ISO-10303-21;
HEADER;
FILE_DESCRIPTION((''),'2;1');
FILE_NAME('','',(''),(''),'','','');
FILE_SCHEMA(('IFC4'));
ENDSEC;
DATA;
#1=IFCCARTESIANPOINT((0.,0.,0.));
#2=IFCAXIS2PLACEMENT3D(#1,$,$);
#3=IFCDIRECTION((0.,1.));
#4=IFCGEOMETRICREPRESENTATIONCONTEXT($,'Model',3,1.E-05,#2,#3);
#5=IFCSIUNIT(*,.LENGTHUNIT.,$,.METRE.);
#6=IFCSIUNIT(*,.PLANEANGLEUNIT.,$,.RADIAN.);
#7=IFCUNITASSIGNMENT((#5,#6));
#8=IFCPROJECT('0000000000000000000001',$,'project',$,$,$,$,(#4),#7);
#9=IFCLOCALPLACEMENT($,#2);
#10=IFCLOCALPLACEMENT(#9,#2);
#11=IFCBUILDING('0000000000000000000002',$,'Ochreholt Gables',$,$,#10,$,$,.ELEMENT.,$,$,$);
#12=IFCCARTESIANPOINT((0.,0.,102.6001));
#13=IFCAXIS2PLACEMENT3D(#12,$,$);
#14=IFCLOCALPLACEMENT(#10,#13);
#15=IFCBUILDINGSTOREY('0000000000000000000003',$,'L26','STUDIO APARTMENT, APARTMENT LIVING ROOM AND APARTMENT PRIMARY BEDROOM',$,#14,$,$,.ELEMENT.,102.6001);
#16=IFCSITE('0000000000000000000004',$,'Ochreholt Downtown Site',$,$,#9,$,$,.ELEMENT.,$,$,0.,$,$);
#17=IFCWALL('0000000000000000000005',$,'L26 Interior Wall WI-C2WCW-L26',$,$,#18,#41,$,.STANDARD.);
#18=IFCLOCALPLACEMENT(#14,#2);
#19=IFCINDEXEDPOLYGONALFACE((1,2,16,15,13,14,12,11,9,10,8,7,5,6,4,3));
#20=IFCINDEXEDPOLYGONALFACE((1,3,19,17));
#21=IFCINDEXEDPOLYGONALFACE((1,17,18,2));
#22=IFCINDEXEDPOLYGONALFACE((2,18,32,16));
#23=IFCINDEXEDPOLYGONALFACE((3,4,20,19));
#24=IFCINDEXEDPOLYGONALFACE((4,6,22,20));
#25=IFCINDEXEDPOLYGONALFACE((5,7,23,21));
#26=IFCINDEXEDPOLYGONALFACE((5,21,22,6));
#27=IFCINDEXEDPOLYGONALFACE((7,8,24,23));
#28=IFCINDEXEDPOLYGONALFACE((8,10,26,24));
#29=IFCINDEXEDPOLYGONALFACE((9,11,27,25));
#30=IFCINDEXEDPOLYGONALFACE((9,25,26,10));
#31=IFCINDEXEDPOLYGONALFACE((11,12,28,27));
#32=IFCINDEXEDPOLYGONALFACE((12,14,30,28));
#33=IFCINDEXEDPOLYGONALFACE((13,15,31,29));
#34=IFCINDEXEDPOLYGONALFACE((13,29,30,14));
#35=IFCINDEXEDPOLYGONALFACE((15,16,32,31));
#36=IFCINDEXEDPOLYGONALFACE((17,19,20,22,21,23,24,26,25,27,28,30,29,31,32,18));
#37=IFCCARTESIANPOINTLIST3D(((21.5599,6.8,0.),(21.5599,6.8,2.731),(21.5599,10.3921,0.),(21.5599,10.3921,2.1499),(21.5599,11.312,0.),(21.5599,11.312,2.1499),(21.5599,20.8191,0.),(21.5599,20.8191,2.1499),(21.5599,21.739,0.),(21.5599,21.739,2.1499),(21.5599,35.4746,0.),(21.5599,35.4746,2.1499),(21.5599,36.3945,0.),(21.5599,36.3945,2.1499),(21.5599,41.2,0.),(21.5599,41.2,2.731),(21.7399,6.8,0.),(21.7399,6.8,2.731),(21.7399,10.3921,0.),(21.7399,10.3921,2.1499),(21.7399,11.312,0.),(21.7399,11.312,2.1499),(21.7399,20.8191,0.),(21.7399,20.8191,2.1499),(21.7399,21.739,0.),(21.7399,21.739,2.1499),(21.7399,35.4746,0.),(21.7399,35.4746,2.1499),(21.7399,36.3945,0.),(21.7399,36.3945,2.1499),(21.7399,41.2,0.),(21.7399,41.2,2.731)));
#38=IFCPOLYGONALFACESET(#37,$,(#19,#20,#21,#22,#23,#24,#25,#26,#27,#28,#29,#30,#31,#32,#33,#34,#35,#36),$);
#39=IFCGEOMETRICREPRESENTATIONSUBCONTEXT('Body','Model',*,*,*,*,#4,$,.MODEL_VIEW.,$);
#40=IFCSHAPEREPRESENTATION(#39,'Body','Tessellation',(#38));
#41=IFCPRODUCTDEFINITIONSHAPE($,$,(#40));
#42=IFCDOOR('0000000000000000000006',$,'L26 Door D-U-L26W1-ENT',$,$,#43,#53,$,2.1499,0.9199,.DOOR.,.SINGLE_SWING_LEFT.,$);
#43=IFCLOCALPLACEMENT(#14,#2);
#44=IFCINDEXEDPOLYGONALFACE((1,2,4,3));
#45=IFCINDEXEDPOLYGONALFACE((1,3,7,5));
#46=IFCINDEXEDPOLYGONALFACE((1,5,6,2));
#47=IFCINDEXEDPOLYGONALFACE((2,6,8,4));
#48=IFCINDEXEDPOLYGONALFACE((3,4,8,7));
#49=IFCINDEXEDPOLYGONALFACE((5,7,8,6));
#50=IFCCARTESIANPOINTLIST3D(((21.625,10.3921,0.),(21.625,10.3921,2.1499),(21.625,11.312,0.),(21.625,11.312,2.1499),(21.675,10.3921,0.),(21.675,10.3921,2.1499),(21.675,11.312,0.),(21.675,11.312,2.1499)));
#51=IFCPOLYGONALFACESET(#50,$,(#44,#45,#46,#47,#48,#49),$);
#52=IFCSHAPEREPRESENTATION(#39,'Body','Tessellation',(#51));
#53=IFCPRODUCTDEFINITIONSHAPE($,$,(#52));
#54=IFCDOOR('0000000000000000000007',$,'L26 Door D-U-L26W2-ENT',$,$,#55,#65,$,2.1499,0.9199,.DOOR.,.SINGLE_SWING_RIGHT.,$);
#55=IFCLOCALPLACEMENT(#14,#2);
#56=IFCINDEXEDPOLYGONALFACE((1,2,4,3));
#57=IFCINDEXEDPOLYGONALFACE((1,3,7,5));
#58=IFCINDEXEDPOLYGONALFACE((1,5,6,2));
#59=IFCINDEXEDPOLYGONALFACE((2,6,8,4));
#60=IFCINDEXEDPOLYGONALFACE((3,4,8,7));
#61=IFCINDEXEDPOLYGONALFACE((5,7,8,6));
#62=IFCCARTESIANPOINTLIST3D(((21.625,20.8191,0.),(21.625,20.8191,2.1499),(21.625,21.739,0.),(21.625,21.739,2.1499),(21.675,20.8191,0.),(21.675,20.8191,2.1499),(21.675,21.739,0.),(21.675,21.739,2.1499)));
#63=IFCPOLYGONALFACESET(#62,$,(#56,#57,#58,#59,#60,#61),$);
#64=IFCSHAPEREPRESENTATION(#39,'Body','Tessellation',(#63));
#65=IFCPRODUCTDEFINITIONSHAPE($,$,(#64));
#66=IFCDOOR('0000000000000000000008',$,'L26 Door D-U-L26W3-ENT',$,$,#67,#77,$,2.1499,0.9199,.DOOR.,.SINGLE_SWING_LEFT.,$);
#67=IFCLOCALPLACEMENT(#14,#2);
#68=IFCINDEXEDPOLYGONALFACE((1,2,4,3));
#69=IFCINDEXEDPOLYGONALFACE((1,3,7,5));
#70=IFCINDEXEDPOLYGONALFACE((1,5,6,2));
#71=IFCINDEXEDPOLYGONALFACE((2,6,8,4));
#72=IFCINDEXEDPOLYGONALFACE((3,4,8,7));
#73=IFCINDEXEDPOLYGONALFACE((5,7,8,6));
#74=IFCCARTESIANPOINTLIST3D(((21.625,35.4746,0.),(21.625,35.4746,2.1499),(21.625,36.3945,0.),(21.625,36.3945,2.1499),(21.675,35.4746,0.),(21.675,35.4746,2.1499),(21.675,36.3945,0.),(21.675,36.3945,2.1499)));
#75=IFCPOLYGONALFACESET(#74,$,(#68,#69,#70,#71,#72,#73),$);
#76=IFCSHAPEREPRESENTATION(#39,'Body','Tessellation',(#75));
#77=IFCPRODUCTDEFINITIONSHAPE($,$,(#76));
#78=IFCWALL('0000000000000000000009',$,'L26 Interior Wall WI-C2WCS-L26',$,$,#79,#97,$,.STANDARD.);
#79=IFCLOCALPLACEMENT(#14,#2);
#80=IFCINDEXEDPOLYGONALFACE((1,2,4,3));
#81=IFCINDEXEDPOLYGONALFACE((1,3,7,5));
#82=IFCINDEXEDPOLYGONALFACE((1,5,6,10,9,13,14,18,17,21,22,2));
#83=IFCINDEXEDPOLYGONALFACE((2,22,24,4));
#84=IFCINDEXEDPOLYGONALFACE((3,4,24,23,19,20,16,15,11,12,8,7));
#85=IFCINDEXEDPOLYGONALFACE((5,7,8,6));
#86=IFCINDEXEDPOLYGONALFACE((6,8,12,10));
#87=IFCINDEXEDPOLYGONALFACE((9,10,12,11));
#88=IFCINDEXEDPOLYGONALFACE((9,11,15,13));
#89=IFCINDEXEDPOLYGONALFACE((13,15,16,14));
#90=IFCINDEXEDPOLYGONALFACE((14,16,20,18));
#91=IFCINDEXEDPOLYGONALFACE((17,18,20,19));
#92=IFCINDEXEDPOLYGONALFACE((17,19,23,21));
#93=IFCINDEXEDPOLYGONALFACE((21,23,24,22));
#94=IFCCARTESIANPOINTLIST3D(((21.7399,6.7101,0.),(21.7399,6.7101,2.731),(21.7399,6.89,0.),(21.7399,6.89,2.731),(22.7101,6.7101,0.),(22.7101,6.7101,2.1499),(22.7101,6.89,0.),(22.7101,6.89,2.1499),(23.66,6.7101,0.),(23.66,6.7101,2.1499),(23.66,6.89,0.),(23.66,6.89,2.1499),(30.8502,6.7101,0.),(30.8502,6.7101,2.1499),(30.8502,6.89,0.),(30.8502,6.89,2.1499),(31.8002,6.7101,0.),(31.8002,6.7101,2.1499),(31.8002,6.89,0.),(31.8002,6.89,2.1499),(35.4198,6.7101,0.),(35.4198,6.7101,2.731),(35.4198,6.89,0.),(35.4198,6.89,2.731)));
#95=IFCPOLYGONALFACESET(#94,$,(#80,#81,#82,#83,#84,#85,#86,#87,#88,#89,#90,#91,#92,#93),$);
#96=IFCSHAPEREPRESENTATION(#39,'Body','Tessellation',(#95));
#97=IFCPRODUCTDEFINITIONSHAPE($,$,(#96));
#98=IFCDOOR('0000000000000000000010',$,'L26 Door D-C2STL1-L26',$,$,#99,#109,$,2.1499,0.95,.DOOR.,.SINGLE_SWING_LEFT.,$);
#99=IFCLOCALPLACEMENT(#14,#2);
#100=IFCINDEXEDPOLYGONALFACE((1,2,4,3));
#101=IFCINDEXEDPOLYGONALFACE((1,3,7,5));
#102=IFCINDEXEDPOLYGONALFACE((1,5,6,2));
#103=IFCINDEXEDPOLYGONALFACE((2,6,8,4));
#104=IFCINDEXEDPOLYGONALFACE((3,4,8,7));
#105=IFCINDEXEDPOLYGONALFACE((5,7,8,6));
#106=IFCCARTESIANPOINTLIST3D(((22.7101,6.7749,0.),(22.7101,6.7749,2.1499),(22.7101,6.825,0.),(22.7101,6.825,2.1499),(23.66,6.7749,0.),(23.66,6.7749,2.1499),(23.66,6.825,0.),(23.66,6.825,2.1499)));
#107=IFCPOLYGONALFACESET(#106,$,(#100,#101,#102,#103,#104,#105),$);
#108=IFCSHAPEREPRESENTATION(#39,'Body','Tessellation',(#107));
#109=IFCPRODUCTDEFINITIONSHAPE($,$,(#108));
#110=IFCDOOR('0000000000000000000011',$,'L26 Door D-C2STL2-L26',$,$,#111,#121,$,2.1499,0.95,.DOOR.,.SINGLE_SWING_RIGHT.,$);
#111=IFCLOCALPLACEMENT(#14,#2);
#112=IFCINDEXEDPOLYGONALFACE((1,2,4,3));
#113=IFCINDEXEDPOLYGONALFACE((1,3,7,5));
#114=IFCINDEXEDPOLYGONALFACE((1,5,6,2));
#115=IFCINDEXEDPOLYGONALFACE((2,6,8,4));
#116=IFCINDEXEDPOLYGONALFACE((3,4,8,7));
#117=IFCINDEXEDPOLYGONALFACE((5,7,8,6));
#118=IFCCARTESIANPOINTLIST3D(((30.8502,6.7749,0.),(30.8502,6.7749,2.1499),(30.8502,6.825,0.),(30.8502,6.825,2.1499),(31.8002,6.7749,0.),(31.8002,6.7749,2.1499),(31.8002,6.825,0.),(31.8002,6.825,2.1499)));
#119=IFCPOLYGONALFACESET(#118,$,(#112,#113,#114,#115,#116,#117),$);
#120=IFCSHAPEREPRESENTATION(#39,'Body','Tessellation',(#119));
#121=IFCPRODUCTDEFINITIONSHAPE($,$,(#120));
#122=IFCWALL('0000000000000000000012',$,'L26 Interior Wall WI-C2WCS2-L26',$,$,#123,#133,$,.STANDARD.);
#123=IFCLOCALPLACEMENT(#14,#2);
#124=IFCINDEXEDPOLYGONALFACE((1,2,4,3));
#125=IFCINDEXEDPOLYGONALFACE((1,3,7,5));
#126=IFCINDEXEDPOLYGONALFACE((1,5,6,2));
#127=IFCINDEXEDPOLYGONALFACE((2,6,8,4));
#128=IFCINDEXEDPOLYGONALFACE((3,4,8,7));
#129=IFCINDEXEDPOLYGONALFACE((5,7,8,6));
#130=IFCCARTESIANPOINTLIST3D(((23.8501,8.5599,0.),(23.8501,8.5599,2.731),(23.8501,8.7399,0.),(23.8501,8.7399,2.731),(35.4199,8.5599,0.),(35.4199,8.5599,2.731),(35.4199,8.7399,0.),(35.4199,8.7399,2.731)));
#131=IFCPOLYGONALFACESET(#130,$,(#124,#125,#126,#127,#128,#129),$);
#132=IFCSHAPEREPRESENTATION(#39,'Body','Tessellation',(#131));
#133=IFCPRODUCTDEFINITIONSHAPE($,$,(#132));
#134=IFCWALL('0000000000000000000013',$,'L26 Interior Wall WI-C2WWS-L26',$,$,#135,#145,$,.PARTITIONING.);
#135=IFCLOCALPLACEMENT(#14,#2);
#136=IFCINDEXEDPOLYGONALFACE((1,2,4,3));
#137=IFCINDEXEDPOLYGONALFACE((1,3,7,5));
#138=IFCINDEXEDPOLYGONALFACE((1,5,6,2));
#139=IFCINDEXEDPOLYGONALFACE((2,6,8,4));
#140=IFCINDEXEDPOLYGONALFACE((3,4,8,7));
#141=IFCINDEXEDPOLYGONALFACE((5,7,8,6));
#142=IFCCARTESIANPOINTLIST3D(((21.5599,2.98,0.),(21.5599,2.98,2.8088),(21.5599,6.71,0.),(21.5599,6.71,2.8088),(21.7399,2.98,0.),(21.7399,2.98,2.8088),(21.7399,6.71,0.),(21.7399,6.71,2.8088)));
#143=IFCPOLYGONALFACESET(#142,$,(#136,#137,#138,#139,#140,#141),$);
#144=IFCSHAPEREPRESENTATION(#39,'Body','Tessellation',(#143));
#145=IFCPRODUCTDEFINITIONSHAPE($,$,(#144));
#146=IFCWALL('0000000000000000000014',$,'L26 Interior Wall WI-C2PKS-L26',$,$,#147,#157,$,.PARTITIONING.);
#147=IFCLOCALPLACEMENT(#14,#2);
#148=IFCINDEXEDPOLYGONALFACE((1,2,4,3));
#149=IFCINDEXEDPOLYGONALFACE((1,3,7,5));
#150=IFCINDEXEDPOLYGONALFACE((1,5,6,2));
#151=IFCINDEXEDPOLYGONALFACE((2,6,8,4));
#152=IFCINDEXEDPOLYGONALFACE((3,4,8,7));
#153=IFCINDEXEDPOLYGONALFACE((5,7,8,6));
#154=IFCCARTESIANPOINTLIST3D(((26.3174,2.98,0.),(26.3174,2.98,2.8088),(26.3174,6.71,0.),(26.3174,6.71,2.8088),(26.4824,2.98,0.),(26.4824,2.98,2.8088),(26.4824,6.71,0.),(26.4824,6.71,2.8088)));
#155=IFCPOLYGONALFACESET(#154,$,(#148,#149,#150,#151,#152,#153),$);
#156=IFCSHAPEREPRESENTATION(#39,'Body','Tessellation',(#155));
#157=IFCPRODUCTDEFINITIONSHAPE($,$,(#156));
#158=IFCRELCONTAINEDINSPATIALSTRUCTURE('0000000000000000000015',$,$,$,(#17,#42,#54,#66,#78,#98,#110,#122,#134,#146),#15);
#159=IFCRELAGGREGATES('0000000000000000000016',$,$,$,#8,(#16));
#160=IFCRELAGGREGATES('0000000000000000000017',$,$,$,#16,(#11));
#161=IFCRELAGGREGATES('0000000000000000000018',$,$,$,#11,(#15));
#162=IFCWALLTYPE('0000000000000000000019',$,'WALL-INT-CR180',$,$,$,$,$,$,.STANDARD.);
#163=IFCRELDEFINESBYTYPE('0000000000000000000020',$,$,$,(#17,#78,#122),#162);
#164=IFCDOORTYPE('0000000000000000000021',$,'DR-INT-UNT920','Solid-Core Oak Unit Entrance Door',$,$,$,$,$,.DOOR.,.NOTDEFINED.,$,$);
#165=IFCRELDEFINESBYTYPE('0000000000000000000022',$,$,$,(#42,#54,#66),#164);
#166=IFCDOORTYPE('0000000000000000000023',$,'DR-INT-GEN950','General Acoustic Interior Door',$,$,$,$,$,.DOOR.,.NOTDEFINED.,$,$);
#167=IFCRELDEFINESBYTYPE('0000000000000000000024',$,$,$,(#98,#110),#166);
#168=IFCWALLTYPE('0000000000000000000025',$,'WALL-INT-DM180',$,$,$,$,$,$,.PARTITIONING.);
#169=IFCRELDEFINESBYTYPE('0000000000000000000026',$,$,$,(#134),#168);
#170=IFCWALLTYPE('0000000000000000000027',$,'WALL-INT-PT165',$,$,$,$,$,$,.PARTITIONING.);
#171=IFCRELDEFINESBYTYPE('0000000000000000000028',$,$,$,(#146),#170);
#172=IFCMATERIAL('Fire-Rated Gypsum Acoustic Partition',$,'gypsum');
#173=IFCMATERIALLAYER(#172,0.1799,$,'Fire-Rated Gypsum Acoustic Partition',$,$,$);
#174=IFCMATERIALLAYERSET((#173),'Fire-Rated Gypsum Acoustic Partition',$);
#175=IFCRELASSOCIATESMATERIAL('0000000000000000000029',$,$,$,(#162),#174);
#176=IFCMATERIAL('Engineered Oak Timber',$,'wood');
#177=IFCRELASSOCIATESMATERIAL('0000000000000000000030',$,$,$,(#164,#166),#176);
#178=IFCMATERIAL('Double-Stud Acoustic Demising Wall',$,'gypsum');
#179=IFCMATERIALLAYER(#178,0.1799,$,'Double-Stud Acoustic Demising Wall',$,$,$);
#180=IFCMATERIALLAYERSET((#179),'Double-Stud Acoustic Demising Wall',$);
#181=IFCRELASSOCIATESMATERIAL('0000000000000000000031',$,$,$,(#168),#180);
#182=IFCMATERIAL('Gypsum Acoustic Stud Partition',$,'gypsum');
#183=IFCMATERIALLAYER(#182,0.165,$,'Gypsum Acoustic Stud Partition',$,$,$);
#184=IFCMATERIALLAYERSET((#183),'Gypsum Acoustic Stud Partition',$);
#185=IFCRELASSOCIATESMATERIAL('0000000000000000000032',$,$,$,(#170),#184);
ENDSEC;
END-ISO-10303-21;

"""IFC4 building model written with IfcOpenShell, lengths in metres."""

from ifc_helpers import new_model, si_unit, direction, frame, frame_2d, origin, place, context, subcontext, project, spatial, rectangle, extrude, material, layer, layer_set, type_object, element, fill, save


model = new_model("IFC4")

# Units and contexts
model_context = context("Model", 3, precision=1e-05, world=origin(), true_north=direction((0.0, 1.0)))
body_context = subcontext(model_context, "Body", "Model", "MODEL_VIEW")
ifc_project = project(units=[si_unit("LENGTHUNIT", "METRE"), si_unit("PLANEANGLEUNIT", "RADIAN")], contexts=[model_context])

# Site, building, storey
site_placement = place(None, origin())
site = spatial("IfcSite", under=ifc_project, at=site_placement, Name="Ochreholt Downtown Site", CompositionType="ELEMENT", RefElevation=0.0)
building_placement = place(site_placement, origin())
building = spatial("IfcBuilding", under=site, at=building_placement, Name="Ochreholt Gables", CompositionType="ELEMENT")
storey_placement = place(building_placement, frame((0.0, 0.0, 102.6001)))
storey = spatial("IfcBuildingStorey", under=building, at=storey_placement, Name="L26", Description="STUDIO APARTMENT, APARTMENT LIVING ROOM AND APARTMENT PRIMARY BEDROOM", CompositionType="ELEMENT", Elevation=102.6001)

# Walls, openings, doors
ifc_material_1 = material(Name="Fire-Rated Gypsum Acoustic Partition", Category="gypsum")
ifc_layer_1 = layer(ifc_material_1, 0.1799, Name="Fire-Rated Gypsum Acoustic Partition")
ifc_layer_set_1 = layer_set([ifc_layer_1], Name="Fire-Rated Gypsum Acoustic Partition")
wall_type_1 = type_object("IfcWallType", Name="WALL-INT-CR180", PredefinedType="STANDARD", material=ifc_layer_set_1)
wall_1_placement = place(storey_placement, frame((21.6499, 6.8, 0.0), z_axis=(0.0, 0.0, 1.0), x_axis=(0.0, 1.0, 0.0)))
wall_1 = element("IfcWall", 1, at=wall_1_placement, inside=storey, type_object=wall_type_1, Name="L26 Interior Wall WI-C2WCW-L26", PredefinedType="STANDARD", context=body_context, shape_type="SweptSolid", body=[
    extrude(rectangle(XDim=34.3999, YDim=0.1799, at=frame_2d((17.2, 0.0))), origin(), (0.0, 0.0, 1.0), 2.731),
])
opening_1_placement = place(wall_1_placement, frame((3.592, 0.0, 0.0)))
opening_1 = element("IfcOpeningElement", 2, at=opening_1_placement, cuts=wall_1, PredefinedType="OPENING", context=body_context, shape_type="SweptSolid", body=[
    extrude(rectangle(XDim=0.9199, YDim=2.1499, at=frame_2d((0.46, 1.075))), frame((0.0, 0.0999, 0.0), z_axis=(0.0, -1.0, 0.0), x_axis=(1.0, 0.0, 0.0)), (0.0, 0.0, 1.0), 0.2),
])
opening_2_placement = place(wall_1_placement, frame((14.019, 0.0, 0.0)))
opening_2 = element("IfcOpeningElement", 3, at=opening_2_placement, cuts=wall_1, PredefinedType="OPENING", context=body_context, shape_type="SweptSolid", body=[
    extrude(rectangle(XDim=0.9199, YDim=2.1499, at=frame_2d((0.46, 1.075))), frame((0.0, 0.0999, 0.0), z_axis=(0.0, -1.0, 0.0), x_axis=(1.0, 0.0, 0.0)), (0.0, 0.0, 1.0), 0.2),
])
opening_3_placement = place(wall_1_placement, frame((28.6746, 0.0, 0.0)))
opening_3 = element("IfcOpeningElement", 4, at=opening_3_placement, cuts=wall_1, PredefinedType="OPENING", context=body_context, shape_type="SweptSolid", body=[
    extrude(rectangle(XDim=0.9199, YDim=2.1499, at=frame_2d((0.46, 1.075))), frame((0.0, 0.0999, 0.0), z_axis=(0.0, -1.0, 0.0), x_axis=(1.0, 0.0, 0.0)), (0.0, 0.0, 1.0), 0.2),
])
ifc_material_2 = material(Name="Engineered Oak Timber", Category="wood")
door_type_1 = type_object("IfcDoorType", Name="DR-INT-UNT920", Description="Solid-Core Oak Unit Entrance Door", OperationType="NOTDEFINED", PredefinedType="DOOR", material=ifc_material_2)
door_1_placement = place(opening_1_placement, origin())
door_1 = element("IfcDoor", 5, at=door_1_placement, inside=storey, type_object=door_type_1, Name="L26 Door D-U-L26W1-ENT", OperationType="SINGLE_SWING_LEFT", OverallHeight=2.1499, OverallWidth=0.9199, PredefinedType="DOOR", context=body_context, shape_type="SweptSolid", body=[
    extrude(rectangle(XDim=0.9199, YDim=2.1499, at=frame_2d((0.46, 1.075))), frame((0.0, 0.0249, 0.0), z_axis=(0.0, -1.0, 0.0), x_axis=(1.0, 0.0, 0.0)), (0.0, 0.0, 1.0), 0.05),
])
fill(opening_1, door_1)
door_2_placement = place(opening_2_placement, origin())
door_2 = element("IfcDoor", 6, at=door_2_placement, inside=storey, type_object=door_type_1, Name="L26 Door D-U-L26W2-ENT", OperationType="SINGLE_SWING_RIGHT", OverallHeight=2.1499, OverallWidth=0.9199, PredefinedType="DOOR", context=body_context, shape_type="SweptSolid", body=[
    extrude(rectangle(XDim=0.9199, YDim=2.1499, at=frame_2d((0.46, 1.075))), frame((0.0, 0.0249, 0.0), z_axis=(0.0, -1.0, 0.0), x_axis=(1.0, 0.0, 0.0)), (0.0, 0.0, 1.0), 0.05),
])
fill(opening_2, door_2)
door_3_placement = place(opening_3_placement, origin())
door_3 = element("IfcDoor", 7, at=door_3_placement, inside=storey, type_object=door_type_1, Name="L26 Door D-U-L26W3-ENT", OperationType="SINGLE_SWING_LEFT", OverallHeight=2.1499, OverallWidth=0.9199, PredefinedType="DOOR", context=body_context, shape_type="SweptSolid", body=[
    extrude(rectangle(XDim=0.9199, YDim=2.1499, at=frame_2d((0.46, 1.075))), frame((0.0, 0.0249, 0.0), z_axis=(0.0, -1.0, 0.0), x_axis=(1.0, 0.0, 0.0)), (0.0, 0.0, 1.0), 0.05),
])
fill(opening_3, door_3)
wall_2_placement = place(storey_placement, frame((21.74, 6.8, 0.0), z_axis=(0.0, 0.0, 1.0), x_axis=(1.0, 0.0, 0.0)))
wall_2 = element("IfcWall", 8, at=wall_2_placement, inside=storey, type_object=wall_type_1, Name="L26 Interior Wall WI-C2WCS-L26", PredefinedType="STANDARD", context=body_context, shape_type="SweptSolid", body=[
    extrude(rectangle(XDim=13.6799, YDim=0.1799, at=frame_2d((6.8398, 0.0))), origin(), (0.0, 0.0, 1.0), 2.731),
])
opening_4_placement = place(wall_2_placement, frame((0.97, 0.0, 0.0)))
opening_4 = element("IfcOpeningElement", 9, at=opening_4_placement, cuts=wall_2, PredefinedType="OPENING", context=body_context, shape_type="SweptSolid", body=[
    extrude(rectangle(XDim=0.95, YDim=2.1499, at=frame_2d((0.4751, 1.075))), frame((0.0, 0.0999, 0.0), z_axis=(0.0, -1.0, 0.0), x_axis=(1.0, 0.0, 0.0)), (0.0, 0.0, 1.0), 0.2),
])
opening_5_placement = place(wall_2_placement, frame((9.1101, 0.0, 0.0)))
opening_5 = element("IfcOpeningElement", 10, at=opening_5_placement, cuts=wall_2, PredefinedType="OPENING", context=body_context, shape_type="SweptSolid", body=[
    extrude(rectangle(XDim=0.95, YDim=2.1499, at=frame_2d((0.4751, 1.075))), frame((0.0, 0.0999, 0.0), z_axis=(0.0, -1.0, 0.0), x_axis=(1.0, 0.0, 0.0)), (0.0, 0.0, 1.0), 0.2),
])
door_type_2 = type_object("IfcDoorType", Name="DR-INT-GEN950", Description="General Acoustic Interior Door", OperationType="NOTDEFINED", PredefinedType="DOOR", material=ifc_material_2)
door_4_placement = place(opening_4_placement, origin())
door_4 = element("IfcDoor", 11, at=door_4_placement, inside=storey, type_object=door_type_2, Name="L26 Door D-C2STL1-L26", OperationType="SINGLE_SWING_LEFT", OverallHeight=2.1499, OverallWidth=0.95, PredefinedType="DOOR", context=body_context, shape_type="SweptSolid", body=[
    extrude(rectangle(XDim=0.95, YDim=2.1499, at=frame_2d((0.4751, 1.075))), frame((0.0, 0.0249, 0.0), z_axis=(0.0, -1.0, 0.0), x_axis=(1.0, 0.0, 0.0)), (0.0, 0.0, 1.0), 0.05),
])
fill(opening_4, door_4)
door_5_placement = place(opening_5_placement, origin())
door_5 = element("IfcDoor", 12, at=door_5_placement, inside=storey, type_object=door_type_2, Name="L26 Door D-C2STL2-L26", OperationType="SINGLE_SWING_RIGHT", OverallHeight=2.1499, OverallWidth=0.95, PredefinedType="DOOR", context=body_context, shape_type="SweptSolid", body=[
    extrude(rectangle(XDim=0.95, YDim=2.1499, at=frame_2d((0.4751, 1.075))), frame((0.0, 0.0249, 0.0), z_axis=(0.0, -1.0, 0.0), x_axis=(1.0, 0.0, 0.0)), (0.0, 0.0, 1.0), 0.05),
])
fill(opening_5, door_5)

# Walls
wall_3_placement = place(storey_placement, frame((23.8501, 8.6499, 0.0), z_axis=(0.0, 0.0, 1.0), x_axis=(1.0, 0.0, 0.0)))
element("IfcWall", 13, at=wall_3_placement, inside=storey, type_object=wall_type_1, Name="L26 Interior Wall WI-C2WCS2-L26", PredefinedType="STANDARD", context=body_context, shape_type="SweptSolid", body=[
    extrude(rectangle(XDim=11.5698, YDim=0.1799, at=frame_2d((5.7849, 0.0))), origin(), (0.0, 0.0, 1.0), 2.731),
])
ifc_material_3 = material(Name="Double-Stud Acoustic Demising Wall", Category="gypsum")
ifc_layer_2 = layer(ifc_material_3, 0.1799, Name="Double-Stud Acoustic Demising Wall")
ifc_layer_set_2 = layer_set([ifc_layer_2], Name="Double-Stud Acoustic Demising Wall")
wall_type_2 = type_object("IfcWallType", Name="WALL-INT-DM180", PredefinedType="PARTITIONING", material=ifc_layer_set_2)
wall_4_placement = place(storey_placement, frame((21.6499, 2.98, 0.0), z_axis=(0.0, 0.0, 1.0), x_axis=(0.0, 1.0, 0.0)))
element("IfcWall", 14, at=wall_4_placement, inside=storey, type_object=wall_type_2, Name="L26 Interior Wall WI-C2WWS-L26", PredefinedType="PARTITIONING", context=body_context, shape_type="SweptSolid", body=[
    extrude(rectangle(XDim=3.73, YDim=0.1799, at=frame_2d((1.865, 0.0))), origin(), (0.0, 0.0, 1.0), 2.8088),
])

# Wall
ifc_material_4 = material(Name="Gypsum Acoustic Stud Partition", Category="gypsum")
ifc_layer_3 = layer(ifc_material_4, 0.165, Name="Gypsum Acoustic Stud Partition")
ifc_layer_set_3 = layer_set([ifc_layer_3], Name="Gypsum Acoustic Stud Partition")
wall_type_3 = type_object("IfcWallType", Name="WALL-INT-PT165", PredefinedType="PARTITIONING", material=ifc_layer_set_3)
wall_5_placement = place(storey_placement, frame((26.3999, 2.98, 0.0), z_axis=(0.0, 0.0, 1.0), x_axis=(0.0, 1.0, 0.0)))
element("IfcWall", 15, at=wall_5_placement, inside=storey, type_object=wall_type_3, Name="L26 Interior Wall WI-C2PKS-L26", PredefinedType="PARTITIONING", context=body_context, shape_type="SweptSolid", body=[
    extrude(rectangle(XDim=3.73, YDim=0.165, at=frame_2d((1.865, 0.0))), origin(), (0.0, 0.0, 1.0), 2.8088),
])

save(model, "model.ifc")
